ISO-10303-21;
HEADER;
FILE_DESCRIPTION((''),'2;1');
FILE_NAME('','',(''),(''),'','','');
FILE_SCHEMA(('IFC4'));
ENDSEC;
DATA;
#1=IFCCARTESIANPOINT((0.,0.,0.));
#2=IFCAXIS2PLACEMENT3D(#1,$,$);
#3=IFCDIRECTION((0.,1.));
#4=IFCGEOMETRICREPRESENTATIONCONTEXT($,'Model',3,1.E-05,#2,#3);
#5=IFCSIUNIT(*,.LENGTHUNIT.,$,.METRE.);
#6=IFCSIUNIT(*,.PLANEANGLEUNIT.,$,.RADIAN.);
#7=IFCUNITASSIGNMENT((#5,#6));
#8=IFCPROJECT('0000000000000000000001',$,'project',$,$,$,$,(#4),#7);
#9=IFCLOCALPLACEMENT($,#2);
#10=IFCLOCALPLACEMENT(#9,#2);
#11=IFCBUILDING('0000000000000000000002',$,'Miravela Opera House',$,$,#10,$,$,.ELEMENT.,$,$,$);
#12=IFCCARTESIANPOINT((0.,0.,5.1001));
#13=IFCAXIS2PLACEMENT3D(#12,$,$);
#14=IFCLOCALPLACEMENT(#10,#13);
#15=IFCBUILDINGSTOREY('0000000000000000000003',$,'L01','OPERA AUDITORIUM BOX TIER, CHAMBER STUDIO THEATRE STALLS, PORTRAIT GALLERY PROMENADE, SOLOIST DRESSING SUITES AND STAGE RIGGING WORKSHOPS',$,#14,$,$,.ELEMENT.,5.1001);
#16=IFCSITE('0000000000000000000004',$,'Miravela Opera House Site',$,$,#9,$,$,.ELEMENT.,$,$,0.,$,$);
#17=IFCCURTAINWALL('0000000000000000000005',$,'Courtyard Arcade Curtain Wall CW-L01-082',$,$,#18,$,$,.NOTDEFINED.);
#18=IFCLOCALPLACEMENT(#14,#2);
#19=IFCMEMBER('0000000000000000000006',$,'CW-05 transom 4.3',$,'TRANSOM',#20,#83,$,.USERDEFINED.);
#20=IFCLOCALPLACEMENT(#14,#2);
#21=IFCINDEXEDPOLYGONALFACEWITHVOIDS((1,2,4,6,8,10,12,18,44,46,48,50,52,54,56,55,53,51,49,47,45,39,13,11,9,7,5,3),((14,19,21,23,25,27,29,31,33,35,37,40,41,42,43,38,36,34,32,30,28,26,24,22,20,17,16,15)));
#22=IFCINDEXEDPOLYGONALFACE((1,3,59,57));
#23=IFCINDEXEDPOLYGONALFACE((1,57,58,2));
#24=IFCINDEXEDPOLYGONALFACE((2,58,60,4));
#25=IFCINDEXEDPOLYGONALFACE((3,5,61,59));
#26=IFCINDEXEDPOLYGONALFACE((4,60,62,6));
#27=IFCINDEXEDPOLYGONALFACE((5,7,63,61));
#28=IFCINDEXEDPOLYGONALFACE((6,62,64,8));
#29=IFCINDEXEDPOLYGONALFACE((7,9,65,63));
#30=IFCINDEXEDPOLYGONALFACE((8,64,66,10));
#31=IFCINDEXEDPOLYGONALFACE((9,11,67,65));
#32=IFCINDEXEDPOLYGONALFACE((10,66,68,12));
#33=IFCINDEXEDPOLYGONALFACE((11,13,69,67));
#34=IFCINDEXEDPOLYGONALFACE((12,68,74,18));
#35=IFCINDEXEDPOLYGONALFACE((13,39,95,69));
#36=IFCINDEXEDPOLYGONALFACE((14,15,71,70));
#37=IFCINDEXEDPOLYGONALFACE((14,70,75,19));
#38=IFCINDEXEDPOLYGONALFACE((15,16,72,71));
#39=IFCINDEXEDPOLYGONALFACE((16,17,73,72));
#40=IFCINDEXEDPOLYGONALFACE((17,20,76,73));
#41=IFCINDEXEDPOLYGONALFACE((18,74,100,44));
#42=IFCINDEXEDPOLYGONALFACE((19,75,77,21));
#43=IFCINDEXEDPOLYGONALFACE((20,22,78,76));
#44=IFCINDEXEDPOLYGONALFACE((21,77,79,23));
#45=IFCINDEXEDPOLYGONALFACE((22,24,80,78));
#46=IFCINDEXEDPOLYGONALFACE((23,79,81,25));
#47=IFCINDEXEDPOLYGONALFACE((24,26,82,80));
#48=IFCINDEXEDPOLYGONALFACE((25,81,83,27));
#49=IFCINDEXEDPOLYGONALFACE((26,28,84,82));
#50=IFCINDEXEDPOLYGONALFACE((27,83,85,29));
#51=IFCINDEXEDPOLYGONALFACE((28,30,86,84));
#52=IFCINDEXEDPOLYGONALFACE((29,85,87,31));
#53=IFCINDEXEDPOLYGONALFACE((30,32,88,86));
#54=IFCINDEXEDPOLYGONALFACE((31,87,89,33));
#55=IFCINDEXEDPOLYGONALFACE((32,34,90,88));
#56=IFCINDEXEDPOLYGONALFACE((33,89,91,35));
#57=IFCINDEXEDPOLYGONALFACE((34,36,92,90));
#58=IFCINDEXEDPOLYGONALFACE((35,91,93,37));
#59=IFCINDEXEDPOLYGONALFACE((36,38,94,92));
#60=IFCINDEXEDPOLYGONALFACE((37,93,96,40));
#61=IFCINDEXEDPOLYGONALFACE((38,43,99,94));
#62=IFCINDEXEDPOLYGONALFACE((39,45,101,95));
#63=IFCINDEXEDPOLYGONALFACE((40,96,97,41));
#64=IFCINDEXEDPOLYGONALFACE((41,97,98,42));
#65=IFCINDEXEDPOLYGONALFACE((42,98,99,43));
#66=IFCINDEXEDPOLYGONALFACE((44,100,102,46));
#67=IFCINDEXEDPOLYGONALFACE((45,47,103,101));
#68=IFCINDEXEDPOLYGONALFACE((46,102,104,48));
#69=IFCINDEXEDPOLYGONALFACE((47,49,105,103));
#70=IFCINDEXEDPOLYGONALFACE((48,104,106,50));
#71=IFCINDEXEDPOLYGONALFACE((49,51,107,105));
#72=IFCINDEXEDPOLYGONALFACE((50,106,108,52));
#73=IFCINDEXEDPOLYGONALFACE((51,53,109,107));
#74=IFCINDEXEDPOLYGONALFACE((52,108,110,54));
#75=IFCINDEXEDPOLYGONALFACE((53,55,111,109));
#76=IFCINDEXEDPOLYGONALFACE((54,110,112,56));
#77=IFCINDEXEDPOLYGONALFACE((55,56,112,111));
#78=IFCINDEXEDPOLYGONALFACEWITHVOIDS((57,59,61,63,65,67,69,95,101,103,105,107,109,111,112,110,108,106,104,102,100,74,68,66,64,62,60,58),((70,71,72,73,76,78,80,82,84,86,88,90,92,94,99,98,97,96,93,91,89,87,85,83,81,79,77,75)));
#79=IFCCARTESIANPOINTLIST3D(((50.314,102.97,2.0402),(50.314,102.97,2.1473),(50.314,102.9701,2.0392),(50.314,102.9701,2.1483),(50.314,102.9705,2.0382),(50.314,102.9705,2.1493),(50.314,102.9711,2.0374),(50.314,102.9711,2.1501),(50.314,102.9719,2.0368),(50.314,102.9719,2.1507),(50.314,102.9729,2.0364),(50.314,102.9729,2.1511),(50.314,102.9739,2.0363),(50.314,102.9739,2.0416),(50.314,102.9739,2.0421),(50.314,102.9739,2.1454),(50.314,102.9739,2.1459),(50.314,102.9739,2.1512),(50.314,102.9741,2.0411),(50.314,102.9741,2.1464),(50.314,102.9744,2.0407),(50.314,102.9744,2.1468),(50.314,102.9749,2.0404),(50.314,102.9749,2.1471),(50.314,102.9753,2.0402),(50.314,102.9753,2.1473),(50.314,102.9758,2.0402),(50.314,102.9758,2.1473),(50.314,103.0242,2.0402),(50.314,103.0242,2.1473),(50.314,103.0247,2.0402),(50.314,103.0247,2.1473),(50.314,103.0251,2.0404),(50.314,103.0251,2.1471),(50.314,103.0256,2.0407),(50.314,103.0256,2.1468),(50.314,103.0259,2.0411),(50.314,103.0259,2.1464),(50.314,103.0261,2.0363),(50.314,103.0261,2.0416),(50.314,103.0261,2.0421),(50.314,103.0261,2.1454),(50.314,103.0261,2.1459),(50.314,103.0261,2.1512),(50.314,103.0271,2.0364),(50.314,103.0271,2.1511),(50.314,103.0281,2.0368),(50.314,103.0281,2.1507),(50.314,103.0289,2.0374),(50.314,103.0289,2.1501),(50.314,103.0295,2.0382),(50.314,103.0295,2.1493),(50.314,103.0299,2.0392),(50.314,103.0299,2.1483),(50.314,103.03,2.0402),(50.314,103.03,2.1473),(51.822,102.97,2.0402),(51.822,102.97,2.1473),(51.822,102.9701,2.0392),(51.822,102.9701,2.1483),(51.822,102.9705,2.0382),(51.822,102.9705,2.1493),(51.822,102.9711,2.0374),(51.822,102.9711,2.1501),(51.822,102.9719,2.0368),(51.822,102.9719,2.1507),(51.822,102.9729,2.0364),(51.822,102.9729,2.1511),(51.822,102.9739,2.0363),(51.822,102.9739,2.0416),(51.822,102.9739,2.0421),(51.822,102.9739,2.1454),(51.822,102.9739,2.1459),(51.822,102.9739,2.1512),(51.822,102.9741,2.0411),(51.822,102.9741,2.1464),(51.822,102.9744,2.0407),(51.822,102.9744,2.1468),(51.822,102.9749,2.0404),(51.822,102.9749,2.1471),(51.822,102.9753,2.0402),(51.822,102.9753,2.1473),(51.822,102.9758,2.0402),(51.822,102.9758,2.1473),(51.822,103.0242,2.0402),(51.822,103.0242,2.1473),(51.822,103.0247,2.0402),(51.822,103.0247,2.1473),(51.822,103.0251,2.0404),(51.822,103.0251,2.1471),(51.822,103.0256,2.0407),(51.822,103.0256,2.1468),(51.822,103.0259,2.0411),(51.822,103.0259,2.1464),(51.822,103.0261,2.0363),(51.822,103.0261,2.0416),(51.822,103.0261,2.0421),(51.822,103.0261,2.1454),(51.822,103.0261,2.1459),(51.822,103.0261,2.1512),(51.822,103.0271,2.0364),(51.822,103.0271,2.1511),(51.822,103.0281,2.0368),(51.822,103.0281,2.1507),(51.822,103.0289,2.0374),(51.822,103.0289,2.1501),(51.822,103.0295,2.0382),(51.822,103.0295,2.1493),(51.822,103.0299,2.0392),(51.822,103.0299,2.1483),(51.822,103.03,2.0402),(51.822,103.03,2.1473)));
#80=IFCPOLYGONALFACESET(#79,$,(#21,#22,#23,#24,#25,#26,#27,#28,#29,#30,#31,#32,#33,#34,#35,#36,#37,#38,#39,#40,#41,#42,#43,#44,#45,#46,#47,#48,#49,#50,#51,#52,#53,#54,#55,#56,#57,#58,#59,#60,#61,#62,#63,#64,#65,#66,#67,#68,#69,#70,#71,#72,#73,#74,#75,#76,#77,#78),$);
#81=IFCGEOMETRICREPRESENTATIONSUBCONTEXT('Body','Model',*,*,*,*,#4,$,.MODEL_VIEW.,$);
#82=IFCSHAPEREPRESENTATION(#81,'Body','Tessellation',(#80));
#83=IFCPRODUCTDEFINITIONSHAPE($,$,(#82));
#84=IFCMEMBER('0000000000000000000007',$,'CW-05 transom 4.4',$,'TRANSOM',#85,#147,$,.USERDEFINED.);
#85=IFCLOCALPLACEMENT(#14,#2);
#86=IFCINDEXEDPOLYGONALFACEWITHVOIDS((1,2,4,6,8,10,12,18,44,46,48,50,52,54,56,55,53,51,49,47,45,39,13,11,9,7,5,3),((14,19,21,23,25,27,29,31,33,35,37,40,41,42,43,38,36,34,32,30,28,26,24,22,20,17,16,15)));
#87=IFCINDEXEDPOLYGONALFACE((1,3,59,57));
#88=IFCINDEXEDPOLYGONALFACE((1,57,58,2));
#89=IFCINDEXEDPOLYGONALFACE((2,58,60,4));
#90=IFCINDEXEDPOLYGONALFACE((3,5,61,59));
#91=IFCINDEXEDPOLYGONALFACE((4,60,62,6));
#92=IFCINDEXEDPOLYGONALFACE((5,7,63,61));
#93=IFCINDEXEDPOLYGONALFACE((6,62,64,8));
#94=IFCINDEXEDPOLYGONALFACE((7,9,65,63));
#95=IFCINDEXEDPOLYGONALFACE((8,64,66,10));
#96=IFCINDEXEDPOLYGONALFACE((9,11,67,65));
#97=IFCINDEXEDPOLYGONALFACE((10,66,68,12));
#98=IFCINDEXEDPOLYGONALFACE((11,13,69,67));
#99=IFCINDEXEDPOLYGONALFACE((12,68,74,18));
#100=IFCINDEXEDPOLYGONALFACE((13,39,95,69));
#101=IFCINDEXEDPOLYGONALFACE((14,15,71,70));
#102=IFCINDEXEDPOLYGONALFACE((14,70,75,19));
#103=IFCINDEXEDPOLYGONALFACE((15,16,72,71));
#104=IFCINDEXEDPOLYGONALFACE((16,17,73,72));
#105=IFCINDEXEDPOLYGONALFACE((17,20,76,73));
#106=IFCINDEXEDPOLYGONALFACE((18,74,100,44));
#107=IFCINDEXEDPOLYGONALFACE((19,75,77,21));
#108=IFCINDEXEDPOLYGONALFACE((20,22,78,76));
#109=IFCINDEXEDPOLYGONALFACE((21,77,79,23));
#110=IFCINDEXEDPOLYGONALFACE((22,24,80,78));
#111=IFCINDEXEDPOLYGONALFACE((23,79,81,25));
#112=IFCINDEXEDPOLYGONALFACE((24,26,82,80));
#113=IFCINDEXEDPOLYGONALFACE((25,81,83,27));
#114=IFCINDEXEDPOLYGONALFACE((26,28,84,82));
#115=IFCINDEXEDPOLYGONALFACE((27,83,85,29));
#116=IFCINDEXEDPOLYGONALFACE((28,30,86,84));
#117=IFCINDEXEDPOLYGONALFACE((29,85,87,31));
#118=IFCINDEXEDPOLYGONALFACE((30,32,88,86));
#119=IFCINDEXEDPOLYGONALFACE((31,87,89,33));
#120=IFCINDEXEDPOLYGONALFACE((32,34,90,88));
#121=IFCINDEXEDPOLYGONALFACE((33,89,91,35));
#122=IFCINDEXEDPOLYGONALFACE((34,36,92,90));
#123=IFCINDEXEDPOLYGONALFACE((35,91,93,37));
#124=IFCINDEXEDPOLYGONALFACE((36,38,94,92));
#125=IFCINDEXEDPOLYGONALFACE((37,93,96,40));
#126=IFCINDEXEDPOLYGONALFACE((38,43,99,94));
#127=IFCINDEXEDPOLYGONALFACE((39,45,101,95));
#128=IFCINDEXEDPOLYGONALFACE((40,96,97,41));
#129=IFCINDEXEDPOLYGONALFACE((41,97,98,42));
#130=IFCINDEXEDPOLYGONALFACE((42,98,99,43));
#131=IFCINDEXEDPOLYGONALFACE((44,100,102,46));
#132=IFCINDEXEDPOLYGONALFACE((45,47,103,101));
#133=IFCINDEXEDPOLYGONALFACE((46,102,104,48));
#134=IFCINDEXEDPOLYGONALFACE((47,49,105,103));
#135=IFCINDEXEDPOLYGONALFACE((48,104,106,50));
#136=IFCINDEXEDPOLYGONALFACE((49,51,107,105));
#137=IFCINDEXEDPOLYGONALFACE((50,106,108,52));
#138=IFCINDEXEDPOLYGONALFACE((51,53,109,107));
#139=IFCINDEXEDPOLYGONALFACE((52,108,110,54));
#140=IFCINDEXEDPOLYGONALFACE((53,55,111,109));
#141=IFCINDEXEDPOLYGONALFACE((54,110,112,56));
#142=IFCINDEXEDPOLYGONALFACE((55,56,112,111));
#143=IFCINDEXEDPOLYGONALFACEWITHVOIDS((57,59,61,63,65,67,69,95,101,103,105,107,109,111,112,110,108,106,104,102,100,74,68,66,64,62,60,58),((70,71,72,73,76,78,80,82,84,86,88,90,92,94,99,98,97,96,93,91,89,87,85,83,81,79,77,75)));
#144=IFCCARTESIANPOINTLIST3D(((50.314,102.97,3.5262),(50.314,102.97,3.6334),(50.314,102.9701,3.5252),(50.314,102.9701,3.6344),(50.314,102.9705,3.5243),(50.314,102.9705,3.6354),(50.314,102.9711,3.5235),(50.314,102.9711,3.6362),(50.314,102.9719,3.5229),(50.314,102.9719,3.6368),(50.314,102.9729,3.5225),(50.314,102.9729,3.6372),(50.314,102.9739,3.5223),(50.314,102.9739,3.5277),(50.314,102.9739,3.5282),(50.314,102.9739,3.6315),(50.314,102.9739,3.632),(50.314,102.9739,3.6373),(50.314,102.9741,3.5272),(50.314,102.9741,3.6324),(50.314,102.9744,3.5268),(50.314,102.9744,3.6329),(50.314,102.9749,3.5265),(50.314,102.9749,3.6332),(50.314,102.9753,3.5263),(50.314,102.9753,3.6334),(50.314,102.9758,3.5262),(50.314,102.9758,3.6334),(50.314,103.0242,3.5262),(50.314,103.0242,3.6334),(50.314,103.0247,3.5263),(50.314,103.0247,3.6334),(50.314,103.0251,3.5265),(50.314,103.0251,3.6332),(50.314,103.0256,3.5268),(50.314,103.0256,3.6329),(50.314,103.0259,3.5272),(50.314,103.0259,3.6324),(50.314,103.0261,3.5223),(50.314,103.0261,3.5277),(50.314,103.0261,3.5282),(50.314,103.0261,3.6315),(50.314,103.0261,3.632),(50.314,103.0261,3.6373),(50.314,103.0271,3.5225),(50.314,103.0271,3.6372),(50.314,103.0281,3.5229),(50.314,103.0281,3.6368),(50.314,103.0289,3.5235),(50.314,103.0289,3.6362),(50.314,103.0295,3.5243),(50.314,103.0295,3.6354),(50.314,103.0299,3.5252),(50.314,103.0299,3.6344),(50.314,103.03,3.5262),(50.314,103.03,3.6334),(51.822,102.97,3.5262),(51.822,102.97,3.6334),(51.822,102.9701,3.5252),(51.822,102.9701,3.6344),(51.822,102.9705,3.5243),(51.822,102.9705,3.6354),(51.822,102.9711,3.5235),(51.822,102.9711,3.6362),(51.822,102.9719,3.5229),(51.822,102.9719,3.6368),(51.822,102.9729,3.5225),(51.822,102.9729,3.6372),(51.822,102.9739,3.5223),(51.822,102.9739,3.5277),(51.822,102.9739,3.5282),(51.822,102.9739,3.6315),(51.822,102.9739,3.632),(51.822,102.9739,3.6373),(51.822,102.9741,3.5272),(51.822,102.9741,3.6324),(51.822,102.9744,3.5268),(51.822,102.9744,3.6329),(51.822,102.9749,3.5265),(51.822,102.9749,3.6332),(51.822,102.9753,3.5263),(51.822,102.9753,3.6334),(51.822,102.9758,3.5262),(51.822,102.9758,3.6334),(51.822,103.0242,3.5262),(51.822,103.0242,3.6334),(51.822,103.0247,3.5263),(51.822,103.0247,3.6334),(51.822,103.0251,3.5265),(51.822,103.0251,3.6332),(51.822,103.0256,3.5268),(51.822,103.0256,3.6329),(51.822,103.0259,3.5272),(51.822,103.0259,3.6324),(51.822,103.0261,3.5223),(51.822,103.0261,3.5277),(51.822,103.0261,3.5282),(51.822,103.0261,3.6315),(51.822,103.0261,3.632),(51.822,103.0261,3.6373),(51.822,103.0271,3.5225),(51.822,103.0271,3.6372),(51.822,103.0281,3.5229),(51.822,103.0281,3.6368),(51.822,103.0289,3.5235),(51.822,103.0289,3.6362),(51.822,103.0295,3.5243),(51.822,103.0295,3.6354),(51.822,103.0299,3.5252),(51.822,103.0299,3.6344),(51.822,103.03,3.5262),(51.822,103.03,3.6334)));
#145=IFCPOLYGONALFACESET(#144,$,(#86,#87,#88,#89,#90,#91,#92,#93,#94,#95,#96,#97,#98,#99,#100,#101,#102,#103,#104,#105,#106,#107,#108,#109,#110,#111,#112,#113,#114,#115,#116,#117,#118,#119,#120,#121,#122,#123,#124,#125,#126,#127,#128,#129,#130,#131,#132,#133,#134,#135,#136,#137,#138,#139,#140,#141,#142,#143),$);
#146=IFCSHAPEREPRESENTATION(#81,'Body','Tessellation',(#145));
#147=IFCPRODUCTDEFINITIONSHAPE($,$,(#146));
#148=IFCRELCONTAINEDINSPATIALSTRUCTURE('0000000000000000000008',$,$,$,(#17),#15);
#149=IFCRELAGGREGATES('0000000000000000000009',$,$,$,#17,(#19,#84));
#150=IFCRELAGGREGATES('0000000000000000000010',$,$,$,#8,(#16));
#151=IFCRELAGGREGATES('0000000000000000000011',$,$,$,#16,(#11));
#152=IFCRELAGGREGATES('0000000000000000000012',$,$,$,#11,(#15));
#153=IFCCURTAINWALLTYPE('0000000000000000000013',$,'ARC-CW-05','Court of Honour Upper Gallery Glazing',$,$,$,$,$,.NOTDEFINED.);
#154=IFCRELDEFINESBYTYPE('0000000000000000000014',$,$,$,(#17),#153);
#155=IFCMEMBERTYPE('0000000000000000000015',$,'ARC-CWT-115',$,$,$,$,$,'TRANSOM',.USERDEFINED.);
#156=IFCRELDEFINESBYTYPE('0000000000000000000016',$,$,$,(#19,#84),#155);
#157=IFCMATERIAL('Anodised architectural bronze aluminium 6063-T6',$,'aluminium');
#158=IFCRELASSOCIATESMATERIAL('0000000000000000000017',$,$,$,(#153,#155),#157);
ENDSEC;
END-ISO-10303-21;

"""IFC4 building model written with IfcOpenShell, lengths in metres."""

from ifc_helpers import new_model, si_unit, direction, frame, origin, origin_2d, place, context, subcontext, project, spatial, hollow_rectangle, extrude, material, material_profile, profile_set, type_object, element, aggregate, save


model = new_model("IFC4")

# Units and contexts
model_context = context("Model", 3, precision=1e-05, world=origin(), true_north=direction((0.0, 1.0)))
body_context = subcontext(model_context, "Body", "Model", "MODEL_VIEW")
ifc_project = project(units=[si_unit("LENGTHUNIT", "METRE"), si_unit("PLANEANGLEUNIT", "RADIAN")], contexts=[model_context])

# Site, building, storey
site_placement = place(None, origin())
site = spatial("IfcSite", under=ifc_project, at=site_placement, Name="Miravela Opera House Site", CompositionType="ELEMENT", RefElevation=0.0)
building_placement = place(site_placement, origin())
building = spatial("IfcBuilding", under=site, at=building_placement, Name="Miravela Opera House", CompositionType="ELEMENT")
storey_placement = place(building_placement, frame((0.0, 0.0, 5.1001)))
storey = spatial("IfcBuildingStorey", under=building, at=storey_placement, Name="L01", Description="OPERA AUDITORIUM BOX TIER, CHAMBER STUDIO THEATRE STALLS, PORTRAIT GALLERY PROMENADE, SOLOIST DRESSING SUITES AND STAGE RIGGING WORKSHOPS", CompositionType="ELEMENT", Elevation=5.1001)

# Curtain wall
ifc_material_1 = material(Name="Anodised architectural bronze aluminium 6063-T6", Category="aluminium")
curtain_wall_type = type_object("IfcCurtainWallType", Name="ARC-CW-05", Description="Court of Honour Upper Gallery Glazing", PredefinedType="NOTDEFINED", material=ifc_material_1)
curtain_wall_1_placement = place(storey_placement, origin())
curtain_wall_1 = element("IfcCurtainWall", 1, at=curtain_wall_1_placement, inside=storey, type_object=curtain_wall_type, Name="Courtyard Arcade Curtain Wall CW-L01-082", PredefinedType="NOTDEFINED")

# Members
ifc_material_profile_1 = material_profile(ifc_material_1, hollow_rectangle(XDim=0.0601, YDim=0.115, WallThickness=0.0039, InnerFilletRadius=0.002, OuterFilletRadius=0.0039, at=origin_2d()), Name="CWT-60X115")
ifc_profile_set_1 = profile_set([ifc_material_profile_1])
member_type_1 = type_object("IfcMemberType", Name="ARC-CWT-115", ElementType="TRANSOM", PredefinedType="USERDEFINED", material=ifc_profile_set_1)
member_1_placement = place(storey_placement, frame((50.314, 103.0, 2.0938), z_axis=(1.0, 0.0, 0.0), x_axis=(0.0, 1.0, 0.0)))
member_1 = element("IfcMember", 2, at=member_1_placement, type_object=member_type_1, Name="CW-05 transom 4.3", ObjectType="TRANSOM", PredefinedType="USERDEFINED", context=body_context, shape_type="SweptSolid", body=[
    extrude(hollow_rectangle(XDim=0.0601, YDim=0.115, WallThickness=0.0039, InnerFilletRadius=0.002, OuterFilletRadius=0.0039, at=origin_2d()), origin(), (0.0, 0.0, 1.0), 1.5081),
])
member_2_placement = place(storey_placement, frame((50.314, 103.0, 3.5798), z_axis=(1.0, 0.0, 0.0), x_axis=(0.0, 1.0, 0.0)))
member_2 = element("IfcMember", 3, at=member_2_placement, type_object=member_type_1, Name="CW-05 transom 4.4", ObjectType="TRANSOM", PredefinedType="USERDEFINED", context=body_context, shape_type="SweptSolid", body=[
    extrude(hollow_rectangle(XDim=0.0601, YDim=0.115, WallThickness=0.0039, InnerFilletRadius=0.002, OuterFilletRadius=0.0039, at=origin_2d()), origin(), (0.0, 0.0, 1.0), 1.5081),
])

aggregate(curtain_wall_1, [member_1, member_2])

save(model, "model.ifc")
